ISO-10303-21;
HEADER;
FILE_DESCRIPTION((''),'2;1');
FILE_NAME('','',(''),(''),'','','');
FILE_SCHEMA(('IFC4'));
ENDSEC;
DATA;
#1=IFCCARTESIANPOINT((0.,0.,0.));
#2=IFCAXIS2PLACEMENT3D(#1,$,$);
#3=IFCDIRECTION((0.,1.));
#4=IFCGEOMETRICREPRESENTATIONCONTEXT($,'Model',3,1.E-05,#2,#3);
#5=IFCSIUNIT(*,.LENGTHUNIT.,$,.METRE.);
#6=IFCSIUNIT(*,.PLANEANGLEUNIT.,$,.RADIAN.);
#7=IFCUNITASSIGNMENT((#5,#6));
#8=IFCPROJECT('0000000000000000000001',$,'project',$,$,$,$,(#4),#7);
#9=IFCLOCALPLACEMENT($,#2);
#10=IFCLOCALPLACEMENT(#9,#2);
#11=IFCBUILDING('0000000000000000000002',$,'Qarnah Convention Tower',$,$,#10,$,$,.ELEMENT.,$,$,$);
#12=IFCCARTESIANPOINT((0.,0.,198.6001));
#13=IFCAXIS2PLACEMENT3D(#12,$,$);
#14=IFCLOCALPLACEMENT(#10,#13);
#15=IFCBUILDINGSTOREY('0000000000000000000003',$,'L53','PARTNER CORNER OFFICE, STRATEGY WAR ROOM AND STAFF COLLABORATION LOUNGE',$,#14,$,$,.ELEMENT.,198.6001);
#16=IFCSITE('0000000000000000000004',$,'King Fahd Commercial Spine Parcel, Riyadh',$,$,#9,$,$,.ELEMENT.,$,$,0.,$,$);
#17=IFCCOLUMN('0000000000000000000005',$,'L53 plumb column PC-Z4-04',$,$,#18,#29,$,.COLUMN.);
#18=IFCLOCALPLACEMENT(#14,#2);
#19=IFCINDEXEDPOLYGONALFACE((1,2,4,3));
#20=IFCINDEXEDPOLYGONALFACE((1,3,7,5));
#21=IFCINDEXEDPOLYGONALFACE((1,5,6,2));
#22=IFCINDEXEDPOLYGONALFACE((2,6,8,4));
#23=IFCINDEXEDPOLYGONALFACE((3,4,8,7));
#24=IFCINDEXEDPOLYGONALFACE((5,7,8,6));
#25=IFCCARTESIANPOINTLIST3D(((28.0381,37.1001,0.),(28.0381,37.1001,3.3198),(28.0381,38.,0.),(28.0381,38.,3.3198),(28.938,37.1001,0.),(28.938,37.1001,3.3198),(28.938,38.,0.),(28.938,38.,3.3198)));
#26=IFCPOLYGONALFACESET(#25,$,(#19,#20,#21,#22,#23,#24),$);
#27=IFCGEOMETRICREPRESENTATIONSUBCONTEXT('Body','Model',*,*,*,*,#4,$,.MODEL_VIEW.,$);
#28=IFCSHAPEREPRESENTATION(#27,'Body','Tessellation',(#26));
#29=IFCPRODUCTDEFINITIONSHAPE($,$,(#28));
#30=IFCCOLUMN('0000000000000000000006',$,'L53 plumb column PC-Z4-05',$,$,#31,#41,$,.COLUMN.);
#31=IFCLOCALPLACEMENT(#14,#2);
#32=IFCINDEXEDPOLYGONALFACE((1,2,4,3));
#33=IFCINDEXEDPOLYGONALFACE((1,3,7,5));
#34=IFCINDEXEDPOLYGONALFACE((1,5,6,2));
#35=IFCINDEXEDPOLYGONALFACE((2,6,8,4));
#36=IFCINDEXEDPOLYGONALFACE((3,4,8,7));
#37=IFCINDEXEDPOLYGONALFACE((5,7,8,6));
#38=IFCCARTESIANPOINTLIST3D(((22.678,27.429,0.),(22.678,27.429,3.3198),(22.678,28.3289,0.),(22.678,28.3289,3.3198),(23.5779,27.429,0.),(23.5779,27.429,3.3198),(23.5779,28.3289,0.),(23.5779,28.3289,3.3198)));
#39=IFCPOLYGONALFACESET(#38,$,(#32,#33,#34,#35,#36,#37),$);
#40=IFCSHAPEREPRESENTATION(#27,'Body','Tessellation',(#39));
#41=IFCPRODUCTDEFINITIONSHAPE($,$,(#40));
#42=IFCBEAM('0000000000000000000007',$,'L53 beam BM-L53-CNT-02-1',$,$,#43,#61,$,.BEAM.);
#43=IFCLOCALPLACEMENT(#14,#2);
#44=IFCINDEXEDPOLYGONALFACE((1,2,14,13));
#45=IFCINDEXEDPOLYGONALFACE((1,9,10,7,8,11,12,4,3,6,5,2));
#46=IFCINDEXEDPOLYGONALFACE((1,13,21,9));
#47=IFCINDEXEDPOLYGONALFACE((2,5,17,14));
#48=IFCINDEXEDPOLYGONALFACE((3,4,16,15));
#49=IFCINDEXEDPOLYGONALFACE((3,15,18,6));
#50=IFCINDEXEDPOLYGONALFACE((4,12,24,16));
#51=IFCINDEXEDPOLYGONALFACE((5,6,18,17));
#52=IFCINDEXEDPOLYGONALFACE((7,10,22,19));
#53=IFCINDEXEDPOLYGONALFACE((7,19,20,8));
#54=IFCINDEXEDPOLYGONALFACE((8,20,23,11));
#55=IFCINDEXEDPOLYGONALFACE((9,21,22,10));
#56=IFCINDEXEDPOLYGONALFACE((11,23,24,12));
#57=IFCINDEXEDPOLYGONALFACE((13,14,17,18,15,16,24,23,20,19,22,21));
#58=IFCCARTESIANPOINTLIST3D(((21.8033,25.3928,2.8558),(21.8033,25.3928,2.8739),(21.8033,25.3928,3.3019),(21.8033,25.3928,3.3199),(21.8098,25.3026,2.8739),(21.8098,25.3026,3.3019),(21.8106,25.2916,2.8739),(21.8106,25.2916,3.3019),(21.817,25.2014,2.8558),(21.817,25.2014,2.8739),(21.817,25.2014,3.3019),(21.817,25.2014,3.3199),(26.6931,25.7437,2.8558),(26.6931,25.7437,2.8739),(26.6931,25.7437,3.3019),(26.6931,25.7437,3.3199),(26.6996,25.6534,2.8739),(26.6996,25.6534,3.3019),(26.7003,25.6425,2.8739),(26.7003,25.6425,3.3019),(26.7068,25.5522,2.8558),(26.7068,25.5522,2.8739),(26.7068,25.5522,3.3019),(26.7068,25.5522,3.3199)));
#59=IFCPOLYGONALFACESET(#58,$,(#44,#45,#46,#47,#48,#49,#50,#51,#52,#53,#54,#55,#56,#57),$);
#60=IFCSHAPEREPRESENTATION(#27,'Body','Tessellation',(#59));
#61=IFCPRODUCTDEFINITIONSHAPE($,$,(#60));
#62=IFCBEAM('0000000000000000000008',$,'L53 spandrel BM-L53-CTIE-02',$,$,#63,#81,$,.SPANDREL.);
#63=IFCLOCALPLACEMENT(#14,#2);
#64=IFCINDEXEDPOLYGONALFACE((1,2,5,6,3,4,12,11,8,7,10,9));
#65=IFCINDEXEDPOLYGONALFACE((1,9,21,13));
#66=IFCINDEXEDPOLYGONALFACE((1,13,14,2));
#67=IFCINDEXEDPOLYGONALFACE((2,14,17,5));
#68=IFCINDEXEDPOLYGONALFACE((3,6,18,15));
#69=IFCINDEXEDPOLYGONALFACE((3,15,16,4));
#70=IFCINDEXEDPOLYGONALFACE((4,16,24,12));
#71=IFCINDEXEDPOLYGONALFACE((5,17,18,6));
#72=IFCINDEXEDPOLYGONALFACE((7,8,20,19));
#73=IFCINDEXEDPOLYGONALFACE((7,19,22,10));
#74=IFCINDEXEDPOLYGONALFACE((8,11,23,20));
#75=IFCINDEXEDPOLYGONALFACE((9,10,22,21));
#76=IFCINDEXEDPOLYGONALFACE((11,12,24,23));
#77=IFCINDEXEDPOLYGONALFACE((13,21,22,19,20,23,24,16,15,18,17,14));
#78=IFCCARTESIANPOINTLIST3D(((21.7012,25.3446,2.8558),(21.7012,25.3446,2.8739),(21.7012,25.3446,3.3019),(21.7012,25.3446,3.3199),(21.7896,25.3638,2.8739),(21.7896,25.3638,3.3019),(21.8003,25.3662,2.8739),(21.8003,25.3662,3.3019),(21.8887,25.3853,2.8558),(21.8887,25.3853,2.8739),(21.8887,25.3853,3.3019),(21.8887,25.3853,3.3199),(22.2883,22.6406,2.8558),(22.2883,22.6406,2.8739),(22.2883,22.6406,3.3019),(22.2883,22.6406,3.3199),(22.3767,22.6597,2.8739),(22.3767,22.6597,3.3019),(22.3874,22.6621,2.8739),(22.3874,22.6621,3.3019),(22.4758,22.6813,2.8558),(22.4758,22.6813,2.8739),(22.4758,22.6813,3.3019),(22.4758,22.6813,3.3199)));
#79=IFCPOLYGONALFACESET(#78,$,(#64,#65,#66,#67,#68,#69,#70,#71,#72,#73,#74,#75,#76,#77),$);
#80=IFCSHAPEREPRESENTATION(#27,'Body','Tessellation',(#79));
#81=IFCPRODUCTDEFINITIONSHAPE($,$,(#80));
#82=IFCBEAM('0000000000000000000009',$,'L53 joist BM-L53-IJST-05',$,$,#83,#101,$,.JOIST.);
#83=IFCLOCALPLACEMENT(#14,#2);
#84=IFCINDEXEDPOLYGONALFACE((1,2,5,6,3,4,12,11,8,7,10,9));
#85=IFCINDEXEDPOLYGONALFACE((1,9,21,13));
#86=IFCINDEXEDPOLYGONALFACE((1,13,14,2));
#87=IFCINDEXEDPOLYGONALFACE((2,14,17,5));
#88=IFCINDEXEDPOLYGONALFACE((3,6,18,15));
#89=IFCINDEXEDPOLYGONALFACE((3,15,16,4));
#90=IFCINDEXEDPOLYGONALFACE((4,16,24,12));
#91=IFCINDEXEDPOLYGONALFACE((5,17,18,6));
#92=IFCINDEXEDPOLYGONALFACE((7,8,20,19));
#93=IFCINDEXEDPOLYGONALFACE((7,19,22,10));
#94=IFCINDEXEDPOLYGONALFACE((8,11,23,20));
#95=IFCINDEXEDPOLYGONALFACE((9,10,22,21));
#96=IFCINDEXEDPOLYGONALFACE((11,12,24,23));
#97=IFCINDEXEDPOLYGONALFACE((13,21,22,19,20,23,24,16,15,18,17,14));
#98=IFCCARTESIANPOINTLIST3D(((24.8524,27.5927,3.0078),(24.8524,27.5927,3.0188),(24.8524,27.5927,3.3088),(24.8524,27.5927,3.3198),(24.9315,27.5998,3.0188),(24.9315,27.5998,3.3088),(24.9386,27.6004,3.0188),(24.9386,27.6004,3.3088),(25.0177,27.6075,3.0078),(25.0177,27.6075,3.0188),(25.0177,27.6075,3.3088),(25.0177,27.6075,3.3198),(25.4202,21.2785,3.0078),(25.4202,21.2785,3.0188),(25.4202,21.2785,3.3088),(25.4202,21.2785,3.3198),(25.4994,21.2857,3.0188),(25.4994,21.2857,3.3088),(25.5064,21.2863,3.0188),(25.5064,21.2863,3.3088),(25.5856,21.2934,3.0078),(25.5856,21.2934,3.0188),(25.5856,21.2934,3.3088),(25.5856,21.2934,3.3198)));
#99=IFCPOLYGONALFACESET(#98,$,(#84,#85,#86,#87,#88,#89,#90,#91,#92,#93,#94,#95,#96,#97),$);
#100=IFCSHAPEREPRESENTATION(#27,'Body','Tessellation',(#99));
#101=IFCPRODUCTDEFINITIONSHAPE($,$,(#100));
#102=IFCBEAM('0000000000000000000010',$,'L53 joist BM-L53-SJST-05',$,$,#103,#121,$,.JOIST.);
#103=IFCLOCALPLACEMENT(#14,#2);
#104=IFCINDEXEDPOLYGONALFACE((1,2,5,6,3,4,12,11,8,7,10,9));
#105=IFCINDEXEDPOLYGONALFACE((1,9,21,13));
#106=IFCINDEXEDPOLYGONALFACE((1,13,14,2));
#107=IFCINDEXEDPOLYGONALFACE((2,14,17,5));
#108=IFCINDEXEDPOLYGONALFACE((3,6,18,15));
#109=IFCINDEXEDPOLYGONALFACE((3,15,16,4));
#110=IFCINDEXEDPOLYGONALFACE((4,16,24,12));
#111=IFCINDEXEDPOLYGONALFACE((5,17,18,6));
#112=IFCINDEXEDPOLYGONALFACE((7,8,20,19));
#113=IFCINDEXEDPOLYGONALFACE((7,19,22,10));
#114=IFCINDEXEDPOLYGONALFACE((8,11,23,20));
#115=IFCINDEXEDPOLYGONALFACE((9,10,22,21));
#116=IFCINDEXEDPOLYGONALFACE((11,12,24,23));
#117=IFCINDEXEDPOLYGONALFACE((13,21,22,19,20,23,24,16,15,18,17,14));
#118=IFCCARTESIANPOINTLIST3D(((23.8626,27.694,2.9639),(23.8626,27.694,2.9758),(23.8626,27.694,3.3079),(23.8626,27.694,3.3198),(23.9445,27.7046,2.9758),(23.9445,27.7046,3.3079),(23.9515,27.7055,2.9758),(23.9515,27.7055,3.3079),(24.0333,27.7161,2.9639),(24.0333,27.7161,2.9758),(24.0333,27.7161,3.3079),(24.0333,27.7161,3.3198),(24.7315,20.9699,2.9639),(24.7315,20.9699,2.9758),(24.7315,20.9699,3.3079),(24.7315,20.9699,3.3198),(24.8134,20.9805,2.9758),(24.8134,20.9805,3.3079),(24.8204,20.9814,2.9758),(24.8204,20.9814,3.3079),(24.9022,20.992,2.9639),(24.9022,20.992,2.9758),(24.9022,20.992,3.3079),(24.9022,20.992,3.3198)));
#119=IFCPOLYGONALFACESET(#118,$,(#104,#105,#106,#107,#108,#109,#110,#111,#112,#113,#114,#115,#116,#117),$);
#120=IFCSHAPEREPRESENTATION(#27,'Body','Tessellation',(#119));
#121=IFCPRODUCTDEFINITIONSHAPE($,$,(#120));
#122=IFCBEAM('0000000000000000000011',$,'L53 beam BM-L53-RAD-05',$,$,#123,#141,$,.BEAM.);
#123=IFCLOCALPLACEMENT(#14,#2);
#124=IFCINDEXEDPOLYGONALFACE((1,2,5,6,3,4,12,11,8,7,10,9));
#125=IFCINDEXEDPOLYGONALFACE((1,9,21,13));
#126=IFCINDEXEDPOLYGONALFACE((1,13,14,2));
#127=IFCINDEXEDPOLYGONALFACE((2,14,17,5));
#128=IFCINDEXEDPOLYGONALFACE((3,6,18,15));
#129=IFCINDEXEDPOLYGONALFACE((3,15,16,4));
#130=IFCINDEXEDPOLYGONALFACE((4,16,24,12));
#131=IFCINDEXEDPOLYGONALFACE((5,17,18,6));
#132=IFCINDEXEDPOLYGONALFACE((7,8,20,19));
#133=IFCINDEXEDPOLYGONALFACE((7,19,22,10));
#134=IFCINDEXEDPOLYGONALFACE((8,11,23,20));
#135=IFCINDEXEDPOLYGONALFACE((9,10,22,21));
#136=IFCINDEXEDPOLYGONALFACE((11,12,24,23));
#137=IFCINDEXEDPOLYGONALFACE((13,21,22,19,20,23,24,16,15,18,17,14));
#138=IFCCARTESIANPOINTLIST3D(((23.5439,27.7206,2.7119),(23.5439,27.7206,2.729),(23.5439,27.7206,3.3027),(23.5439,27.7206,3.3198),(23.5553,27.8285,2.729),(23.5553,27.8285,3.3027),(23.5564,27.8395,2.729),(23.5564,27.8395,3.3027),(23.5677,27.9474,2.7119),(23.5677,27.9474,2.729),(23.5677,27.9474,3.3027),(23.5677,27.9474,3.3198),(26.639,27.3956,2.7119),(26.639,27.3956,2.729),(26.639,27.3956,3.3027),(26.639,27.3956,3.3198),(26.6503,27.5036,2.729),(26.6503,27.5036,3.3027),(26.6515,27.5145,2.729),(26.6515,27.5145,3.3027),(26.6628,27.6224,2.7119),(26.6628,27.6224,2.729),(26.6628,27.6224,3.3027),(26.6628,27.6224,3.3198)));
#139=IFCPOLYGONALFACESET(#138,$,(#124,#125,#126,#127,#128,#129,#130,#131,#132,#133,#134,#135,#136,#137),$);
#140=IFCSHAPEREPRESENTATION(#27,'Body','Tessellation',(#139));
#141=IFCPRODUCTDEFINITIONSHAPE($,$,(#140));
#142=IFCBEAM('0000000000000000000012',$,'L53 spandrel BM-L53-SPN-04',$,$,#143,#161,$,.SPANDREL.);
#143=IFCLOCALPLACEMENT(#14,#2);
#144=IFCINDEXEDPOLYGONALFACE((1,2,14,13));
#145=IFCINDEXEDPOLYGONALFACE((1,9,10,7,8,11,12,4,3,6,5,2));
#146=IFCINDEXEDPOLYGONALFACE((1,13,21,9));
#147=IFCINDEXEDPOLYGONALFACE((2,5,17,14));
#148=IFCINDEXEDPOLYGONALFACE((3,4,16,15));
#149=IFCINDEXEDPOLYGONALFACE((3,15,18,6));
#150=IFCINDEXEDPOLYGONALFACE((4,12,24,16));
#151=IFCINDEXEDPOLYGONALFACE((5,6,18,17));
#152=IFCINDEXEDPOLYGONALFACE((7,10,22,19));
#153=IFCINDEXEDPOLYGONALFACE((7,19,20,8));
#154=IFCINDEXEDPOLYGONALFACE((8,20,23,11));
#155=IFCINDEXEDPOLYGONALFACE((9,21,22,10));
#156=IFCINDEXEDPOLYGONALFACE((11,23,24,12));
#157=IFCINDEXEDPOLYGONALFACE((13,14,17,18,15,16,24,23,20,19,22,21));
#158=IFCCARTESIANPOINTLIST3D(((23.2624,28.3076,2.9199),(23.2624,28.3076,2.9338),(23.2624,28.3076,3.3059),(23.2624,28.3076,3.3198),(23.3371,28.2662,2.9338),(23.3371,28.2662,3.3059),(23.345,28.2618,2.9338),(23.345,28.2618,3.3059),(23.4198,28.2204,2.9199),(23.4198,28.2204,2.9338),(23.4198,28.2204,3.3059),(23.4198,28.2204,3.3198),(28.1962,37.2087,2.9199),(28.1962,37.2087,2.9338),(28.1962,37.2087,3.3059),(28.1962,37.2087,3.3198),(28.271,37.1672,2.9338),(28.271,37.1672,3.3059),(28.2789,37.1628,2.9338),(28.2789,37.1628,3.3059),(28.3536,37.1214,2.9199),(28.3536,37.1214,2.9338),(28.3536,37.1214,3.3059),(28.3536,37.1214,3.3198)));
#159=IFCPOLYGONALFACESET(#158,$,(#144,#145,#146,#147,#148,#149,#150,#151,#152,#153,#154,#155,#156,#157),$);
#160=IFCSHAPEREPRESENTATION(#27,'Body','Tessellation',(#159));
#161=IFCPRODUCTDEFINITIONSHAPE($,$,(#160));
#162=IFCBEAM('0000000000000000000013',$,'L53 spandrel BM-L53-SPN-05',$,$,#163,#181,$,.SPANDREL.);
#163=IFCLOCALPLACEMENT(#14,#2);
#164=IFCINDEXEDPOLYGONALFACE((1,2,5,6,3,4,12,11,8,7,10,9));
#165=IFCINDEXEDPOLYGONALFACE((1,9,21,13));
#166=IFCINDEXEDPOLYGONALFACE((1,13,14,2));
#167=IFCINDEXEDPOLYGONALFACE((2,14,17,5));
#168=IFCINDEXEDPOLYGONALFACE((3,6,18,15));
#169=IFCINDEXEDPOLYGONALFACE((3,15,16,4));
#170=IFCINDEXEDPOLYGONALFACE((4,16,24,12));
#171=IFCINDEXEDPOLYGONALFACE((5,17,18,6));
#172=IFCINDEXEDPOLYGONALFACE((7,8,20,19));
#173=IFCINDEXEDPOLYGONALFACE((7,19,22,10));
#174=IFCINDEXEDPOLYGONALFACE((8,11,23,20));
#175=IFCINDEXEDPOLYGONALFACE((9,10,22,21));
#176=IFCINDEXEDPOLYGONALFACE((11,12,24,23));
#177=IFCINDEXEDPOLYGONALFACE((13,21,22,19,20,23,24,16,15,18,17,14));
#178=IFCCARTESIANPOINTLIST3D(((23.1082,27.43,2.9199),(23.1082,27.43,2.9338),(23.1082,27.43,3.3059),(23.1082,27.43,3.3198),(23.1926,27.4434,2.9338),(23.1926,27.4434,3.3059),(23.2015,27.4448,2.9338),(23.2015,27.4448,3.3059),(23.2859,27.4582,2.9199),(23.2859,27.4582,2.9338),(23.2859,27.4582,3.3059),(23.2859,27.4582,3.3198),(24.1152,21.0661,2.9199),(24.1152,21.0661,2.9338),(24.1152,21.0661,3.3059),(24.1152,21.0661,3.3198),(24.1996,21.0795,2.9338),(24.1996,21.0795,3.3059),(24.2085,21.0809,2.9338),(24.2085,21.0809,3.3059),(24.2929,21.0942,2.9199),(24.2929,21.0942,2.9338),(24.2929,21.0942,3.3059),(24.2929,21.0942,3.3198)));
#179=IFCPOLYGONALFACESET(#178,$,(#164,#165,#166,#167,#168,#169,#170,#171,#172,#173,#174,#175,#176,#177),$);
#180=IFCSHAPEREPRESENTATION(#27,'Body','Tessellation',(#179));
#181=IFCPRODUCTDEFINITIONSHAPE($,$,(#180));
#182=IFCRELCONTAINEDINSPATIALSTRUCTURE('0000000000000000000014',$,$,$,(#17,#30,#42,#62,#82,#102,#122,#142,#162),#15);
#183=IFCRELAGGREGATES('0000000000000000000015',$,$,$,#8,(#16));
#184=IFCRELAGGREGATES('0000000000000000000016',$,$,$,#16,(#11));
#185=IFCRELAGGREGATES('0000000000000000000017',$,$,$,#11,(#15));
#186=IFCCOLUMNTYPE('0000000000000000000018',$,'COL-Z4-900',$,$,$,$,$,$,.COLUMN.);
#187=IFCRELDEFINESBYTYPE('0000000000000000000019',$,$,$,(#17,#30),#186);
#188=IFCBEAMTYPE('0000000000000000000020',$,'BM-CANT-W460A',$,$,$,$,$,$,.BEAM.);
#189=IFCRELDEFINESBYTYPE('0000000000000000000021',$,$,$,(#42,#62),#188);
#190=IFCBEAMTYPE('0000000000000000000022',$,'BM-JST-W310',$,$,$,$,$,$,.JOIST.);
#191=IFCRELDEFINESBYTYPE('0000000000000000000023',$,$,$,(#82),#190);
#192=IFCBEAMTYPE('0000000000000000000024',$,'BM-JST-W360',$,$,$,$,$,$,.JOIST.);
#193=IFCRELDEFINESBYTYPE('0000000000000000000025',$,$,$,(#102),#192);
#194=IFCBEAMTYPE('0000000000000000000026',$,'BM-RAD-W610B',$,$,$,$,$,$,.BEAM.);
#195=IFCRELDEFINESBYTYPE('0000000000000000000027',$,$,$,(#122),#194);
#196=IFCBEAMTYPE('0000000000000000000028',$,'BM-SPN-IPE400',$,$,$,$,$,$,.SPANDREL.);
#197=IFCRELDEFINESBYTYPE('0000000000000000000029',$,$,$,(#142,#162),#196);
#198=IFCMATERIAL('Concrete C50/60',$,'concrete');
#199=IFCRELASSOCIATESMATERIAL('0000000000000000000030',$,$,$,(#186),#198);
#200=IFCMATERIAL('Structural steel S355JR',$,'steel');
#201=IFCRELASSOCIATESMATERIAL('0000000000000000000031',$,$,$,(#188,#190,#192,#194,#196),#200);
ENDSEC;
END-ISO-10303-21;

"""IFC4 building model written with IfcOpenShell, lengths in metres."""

from ifc_helpers import new_model, si_unit, direction, frame, origin, origin_2d, place, context, subcontext, project, spatial, rectangle, i_section, extrude, material, material_profile, profile_set, type_object, element, save


model = new_model("IFC4")

# Units and contexts
model_context = context("Model", 3, precision=1e-05, world=origin(), true_north=direction((0.0, 1.0)))
body_context = subcontext(model_context, "Body", "Model", "MODEL_VIEW")
ifc_project = project(units=[si_unit("LENGTHUNIT", "METRE"), si_unit("PLANEANGLEUNIT", "RADIAN")], contexts=[model_context])

# Site, building, storey
site_placement = place(None, origin())
site = spatial("IfcSite", under=ifc_project, at=site_placement, Name="King Fahd Commercial Spine Parcel, Riyadh", CompositionType="ELEMENT", RefElevation=0.0)
building_placement = place(site_placement, origin())
building = spatial("IfcBuilding", under=site, at=building_placement, Name="Qarnah Convention Tower", CompositionType="ELEMENT")
storey_placement = place(building_placement, frame((0.0, 0.0, 198.6001)))
storey = spatial("IfcBuildingStorey", under=building, at=storey_placement, Name="L53", Description="PARTNER CORNER OFFICE, STRATEGY WAR ROOM AND STAFF COLLABORATION LOUNGE", CompositionType="ELEMENT", Elevation=198.6001)

# Columns
ifc_material_1 = material(Name="Concrete C50/60", Category="concrete")
ifc_material_profile_1 = material_profile(ifc_material_1, rectangle(XDim=0.8999, YDim=0.8999, at=origin_2d()), Name="RC-COL-900X900")
ifc_profile_set_1 = profile_set([ifc_material_profile_1], Name="Concrete C50/60")
column_type = type_object("IfcColumnType", Name="COL-Z4-900", PredefinedType="COLUMN", material=ifc_profile_set_1)
for number, where, z_axis, x_axis, name in (
    (1, (28.488, 37.55, 0.0), (0.0, 0.0, 1.0), (1.0, 0.0, 0.0), "L53 plumb column PC-Z4-04"),
    (2, (23.1279, 27.8789, 0.0), (0.0, 0.0, 1.0), (1.0, 0.0, 0.0), "L53 plumb column PC-Z4-05"),
):
    element("IfcColumn", number, at=place(storey_placement, frame(where, z_axis=z_axis, x_axis=x_axis)), inside=storey, type_object=column_type, Name=name, PredefinedType="COLUMN", context=body_context, shape_type="SweptSolid", body=[
        extrude(rectangle(XDim=0.8999, YDim=0.8999, at=origin_2d()), origin(), (0.0, 0.0, 1.0), 3.3198),
    ])

# Beams
ifc_material_2 = material(Name="Structural steel S355JR", Category="steel")
ifc_material_profile_2 = material_profile(ifc_material_2, i_section(OverallWidth=0.1919, OverallDepth=0.4641, WebThickness=0.011, FlangeThickness=0.0181, at=origin_2d()), Name="W460X89")
ifc_profile_set_2 = profile_set([ifc_material_profile_2], Name="Structural steel S355JR")
beam_type_1 = type_object("IfcBeamType", Name="BM-CANT-W460A", PredefinedType="BEAM", material=ifc_profile_set_2)
beam_1_placement = place(storey_placement, frame((26.7, 25.6479, 3.0879), z_axis=(-0.997436, -0.071562, 0.0), x_axis=(0.071562, -0.997436, 0.0)))
element("IfcBeam", 3, at=beam_1_placement, inside=storey, type_object=beam_type_1, Name="L53 beam BM-L53-CNT-02-1", PredefinedType="BEAM", context=body_context, shape_type="SweptSolid", body=[
    extrude(i_section(OverallWidth=0.1919, OverallDepth=0.4641, WebThickness=0.011, FlangeThickness=0.0181, at=origin_2d()), origin(), (0.0, 0.0, 1.0), 4.9023),
])
beam_2_placement = place(storey_placement, frame((21.7949, 25.365, 3.0879), z_axis=(0.212192, -0.977228, 0.0), x_axis=(0.977228, 0.212192, 0.0)))
element("IfcBeam", 4, at=beam_2_placement, inside=storey, type_object=beam_type_1, Name="L53 spandrel BM-L53-CTIE-02", PredefinedType="SPANDREL", context=body_context, shape_type="SweptSolid", body=[
    extrude(i_section(OverallWidth=0.1919, OverallDepth=0.4641, WebThickness=0.011, FlangeThickness=0.0181, at=origin_2d()), origin(), (0.0, 0.0, 1.0), 2.7671),
])
ifc_material_profile_3 = material_profile(ifc_material_2, i_section(OverallWidth=0.166, OverallDepth=0.312, WebThickness=0.0071, FlangeThickness=0.011, at=origin_2d()), Name="W310X45")
ifc_profile_set_3 = profile_set([ifc_material_profile_3], Name="Structural steel S355JR")
beam_type_2 = type_object("IfcBeamType", Name="BM-JST-W310", PredefinedType="JOIST", material=ifc_profile_set_3)
beam_3_placement = place(storey_placement, frame((24.9351, 27.6001, 3.1638), z_axis=(0.089574, -0.99598, 0.0), x_axis=(0.99598, 0.089574, 0.0)))
element("IfcBeam", 5, at=beam_3_placement, inside=storey, type_object=beam_type_2, Name="L53 joist BM-L53-IJST-05", PredefinedType="JOIST", context=body_context, shape_type="SweptSolid", body=[
    extrude(i_section(OverallWidth=0.166, OverallDepth=0.312, WebThickness=0.0071, FlangeThickness=0.011, at=origin_2d()), origin(), (0.0, 0.0, 1.0), 6.3396),
])
ifc_material_profile_4 = material_profile(ifc_material_2, i_section(OverallWidth=0.1721, OverallDepth=0.356, WebThickness=0.0071, FlangeThickness=0.012, at=origin_2d()), Name="W360X51")
ifc_profile_set_4 = profile_set([ifc_material_profile_4], Name="Structural steel S355JR")
beam_type_3 = type_object("IfcBeamType", Name="BM-JST-W360", PredefinedType="JOIST", material=ifc_profile_set_4)
beam_4_placement = place(storey_placement, frame((23.948, 27.7051, 3.1418), z_axis=(0.128155, -0.991754, 0.0), x_axis=(0.991754, 0.128155, 0.0)))
element("IfcBeam", 6, at=beam_4_placement, inside=storey, type_object=beam_type_3, Name="L53 joist BM-L53-SJST-05", PredefinedType="JOIST", context=body_context, shape_type="SweptSolid", body=[
    extrude(i_section(OverallWidth=0.1721, OverallDepth=0.356, WebThickness=0.0071, FlangeThickness=0.012, at=origin_2d()), origin(), (0.0, 0.0, 1.0), 6.78),
])
ifc_material_profile_5 = material_profile(ifc_material_2, i_section(OverallWidth=0.228, OverallDepth=0.6079, WebThickness=0.011, FlangeThickness=0.0171, at=origin_2d()), Name="W610X113")
ifc_profile_set_5 = profile_set([ifc_material_profile_5], Name="Structural steel S355JR")
beam_type_4 = type_object("IfcBeamType", Name="BM-RAD-W610B", PredefinedType="BEAM", material=ifc_profile_set_5)
beam_5_placement = place(storey_placement, frame((26.6509, 27.509, 3.0159), z_axis=(-0.994533, 0.104419, 0.0), x_axis=(-0.104419, -0.994533, 0.0)))
element("IfcBeam", 7, at=beam_5_placement, inside=storey, type_object=beam_type_4, Name="L53 beam BM-L53-RAD-05", PredefinedType="BEAM", context=body_context, shape_type="SweptSolid", body=[
    extrude(i_section(OverallWidth=0.228, OverallDepth=0.6079, WebThickness=0.011, FlangeThickness=0.0171, at=origin_2d()), origin(), (0.0, 0.0, 1.0), 3.1121),
])
ifc_material_profile_6 = material_profile(ifc_material_2, i_section(OverallWidth=0.1799, OverallDepth=0.3999, WebThickness=0.009, FlangeThickness=0.0139, at=origin_2d()), Name="IPE400")
ifc_profile_set_6 = profile_set([ifc_material_profile_6], Name="Structural steel S355JR")
beam_type_5 = type_object("IfcBeamType", Name="BM-SPN-IPE400", PredefinedType="SPANDREL", material=ifc_profile_set_6)
beam_6_placement = place(storey_placement, frame((28.2749, 37.165, 3.1199), z_axis=(-0.484799, -0.874625, 0.0), x_axis=(0.874625, -0.484799, 0.0)))
element("IfcBeam", 8, at=beam_6_placement, inside=storey, type_object=beam_type_5, Name="L53 spandrel BM-L53-SPN-04", PredefinedType="SPANDREL", context=body_context, shape_type="SweptSolid", body=[
    extrude(i_section(OverallWidth=0.1799, OverallDepth=0.3999, WebThickness=0.009, FlangeThickness=0.0139, at=origin_2d()), origin(), (0.0, 0.0, 1.0), 10.177),
])
beam_7_placement = place(storey_placement, frame((23.197, 27.4441, 3.1199), z_axis=(0.156301, -0.987709, 0.0), x_axis=(0.987709, 0.156301, 0.0)))
element("IfcBeam", 9, at=beam_7_placement, inside=storey, type_object=beam_type_5, Name="L53 spandrel BM-L53-SPN-05", PredefinedType="SPANDREL", context=body_context, shape_type="SweptSolid", body=[
    extrude(i_section(OverallWidth=0.1799, OverallDepth=0.3999, WebThickness=0.009, FlangeThickness=0.0139, at=origin_2d()), origin(), (0.0, 0.0, 1.0), 6.4431),
])

save(model, "model.ifc")
